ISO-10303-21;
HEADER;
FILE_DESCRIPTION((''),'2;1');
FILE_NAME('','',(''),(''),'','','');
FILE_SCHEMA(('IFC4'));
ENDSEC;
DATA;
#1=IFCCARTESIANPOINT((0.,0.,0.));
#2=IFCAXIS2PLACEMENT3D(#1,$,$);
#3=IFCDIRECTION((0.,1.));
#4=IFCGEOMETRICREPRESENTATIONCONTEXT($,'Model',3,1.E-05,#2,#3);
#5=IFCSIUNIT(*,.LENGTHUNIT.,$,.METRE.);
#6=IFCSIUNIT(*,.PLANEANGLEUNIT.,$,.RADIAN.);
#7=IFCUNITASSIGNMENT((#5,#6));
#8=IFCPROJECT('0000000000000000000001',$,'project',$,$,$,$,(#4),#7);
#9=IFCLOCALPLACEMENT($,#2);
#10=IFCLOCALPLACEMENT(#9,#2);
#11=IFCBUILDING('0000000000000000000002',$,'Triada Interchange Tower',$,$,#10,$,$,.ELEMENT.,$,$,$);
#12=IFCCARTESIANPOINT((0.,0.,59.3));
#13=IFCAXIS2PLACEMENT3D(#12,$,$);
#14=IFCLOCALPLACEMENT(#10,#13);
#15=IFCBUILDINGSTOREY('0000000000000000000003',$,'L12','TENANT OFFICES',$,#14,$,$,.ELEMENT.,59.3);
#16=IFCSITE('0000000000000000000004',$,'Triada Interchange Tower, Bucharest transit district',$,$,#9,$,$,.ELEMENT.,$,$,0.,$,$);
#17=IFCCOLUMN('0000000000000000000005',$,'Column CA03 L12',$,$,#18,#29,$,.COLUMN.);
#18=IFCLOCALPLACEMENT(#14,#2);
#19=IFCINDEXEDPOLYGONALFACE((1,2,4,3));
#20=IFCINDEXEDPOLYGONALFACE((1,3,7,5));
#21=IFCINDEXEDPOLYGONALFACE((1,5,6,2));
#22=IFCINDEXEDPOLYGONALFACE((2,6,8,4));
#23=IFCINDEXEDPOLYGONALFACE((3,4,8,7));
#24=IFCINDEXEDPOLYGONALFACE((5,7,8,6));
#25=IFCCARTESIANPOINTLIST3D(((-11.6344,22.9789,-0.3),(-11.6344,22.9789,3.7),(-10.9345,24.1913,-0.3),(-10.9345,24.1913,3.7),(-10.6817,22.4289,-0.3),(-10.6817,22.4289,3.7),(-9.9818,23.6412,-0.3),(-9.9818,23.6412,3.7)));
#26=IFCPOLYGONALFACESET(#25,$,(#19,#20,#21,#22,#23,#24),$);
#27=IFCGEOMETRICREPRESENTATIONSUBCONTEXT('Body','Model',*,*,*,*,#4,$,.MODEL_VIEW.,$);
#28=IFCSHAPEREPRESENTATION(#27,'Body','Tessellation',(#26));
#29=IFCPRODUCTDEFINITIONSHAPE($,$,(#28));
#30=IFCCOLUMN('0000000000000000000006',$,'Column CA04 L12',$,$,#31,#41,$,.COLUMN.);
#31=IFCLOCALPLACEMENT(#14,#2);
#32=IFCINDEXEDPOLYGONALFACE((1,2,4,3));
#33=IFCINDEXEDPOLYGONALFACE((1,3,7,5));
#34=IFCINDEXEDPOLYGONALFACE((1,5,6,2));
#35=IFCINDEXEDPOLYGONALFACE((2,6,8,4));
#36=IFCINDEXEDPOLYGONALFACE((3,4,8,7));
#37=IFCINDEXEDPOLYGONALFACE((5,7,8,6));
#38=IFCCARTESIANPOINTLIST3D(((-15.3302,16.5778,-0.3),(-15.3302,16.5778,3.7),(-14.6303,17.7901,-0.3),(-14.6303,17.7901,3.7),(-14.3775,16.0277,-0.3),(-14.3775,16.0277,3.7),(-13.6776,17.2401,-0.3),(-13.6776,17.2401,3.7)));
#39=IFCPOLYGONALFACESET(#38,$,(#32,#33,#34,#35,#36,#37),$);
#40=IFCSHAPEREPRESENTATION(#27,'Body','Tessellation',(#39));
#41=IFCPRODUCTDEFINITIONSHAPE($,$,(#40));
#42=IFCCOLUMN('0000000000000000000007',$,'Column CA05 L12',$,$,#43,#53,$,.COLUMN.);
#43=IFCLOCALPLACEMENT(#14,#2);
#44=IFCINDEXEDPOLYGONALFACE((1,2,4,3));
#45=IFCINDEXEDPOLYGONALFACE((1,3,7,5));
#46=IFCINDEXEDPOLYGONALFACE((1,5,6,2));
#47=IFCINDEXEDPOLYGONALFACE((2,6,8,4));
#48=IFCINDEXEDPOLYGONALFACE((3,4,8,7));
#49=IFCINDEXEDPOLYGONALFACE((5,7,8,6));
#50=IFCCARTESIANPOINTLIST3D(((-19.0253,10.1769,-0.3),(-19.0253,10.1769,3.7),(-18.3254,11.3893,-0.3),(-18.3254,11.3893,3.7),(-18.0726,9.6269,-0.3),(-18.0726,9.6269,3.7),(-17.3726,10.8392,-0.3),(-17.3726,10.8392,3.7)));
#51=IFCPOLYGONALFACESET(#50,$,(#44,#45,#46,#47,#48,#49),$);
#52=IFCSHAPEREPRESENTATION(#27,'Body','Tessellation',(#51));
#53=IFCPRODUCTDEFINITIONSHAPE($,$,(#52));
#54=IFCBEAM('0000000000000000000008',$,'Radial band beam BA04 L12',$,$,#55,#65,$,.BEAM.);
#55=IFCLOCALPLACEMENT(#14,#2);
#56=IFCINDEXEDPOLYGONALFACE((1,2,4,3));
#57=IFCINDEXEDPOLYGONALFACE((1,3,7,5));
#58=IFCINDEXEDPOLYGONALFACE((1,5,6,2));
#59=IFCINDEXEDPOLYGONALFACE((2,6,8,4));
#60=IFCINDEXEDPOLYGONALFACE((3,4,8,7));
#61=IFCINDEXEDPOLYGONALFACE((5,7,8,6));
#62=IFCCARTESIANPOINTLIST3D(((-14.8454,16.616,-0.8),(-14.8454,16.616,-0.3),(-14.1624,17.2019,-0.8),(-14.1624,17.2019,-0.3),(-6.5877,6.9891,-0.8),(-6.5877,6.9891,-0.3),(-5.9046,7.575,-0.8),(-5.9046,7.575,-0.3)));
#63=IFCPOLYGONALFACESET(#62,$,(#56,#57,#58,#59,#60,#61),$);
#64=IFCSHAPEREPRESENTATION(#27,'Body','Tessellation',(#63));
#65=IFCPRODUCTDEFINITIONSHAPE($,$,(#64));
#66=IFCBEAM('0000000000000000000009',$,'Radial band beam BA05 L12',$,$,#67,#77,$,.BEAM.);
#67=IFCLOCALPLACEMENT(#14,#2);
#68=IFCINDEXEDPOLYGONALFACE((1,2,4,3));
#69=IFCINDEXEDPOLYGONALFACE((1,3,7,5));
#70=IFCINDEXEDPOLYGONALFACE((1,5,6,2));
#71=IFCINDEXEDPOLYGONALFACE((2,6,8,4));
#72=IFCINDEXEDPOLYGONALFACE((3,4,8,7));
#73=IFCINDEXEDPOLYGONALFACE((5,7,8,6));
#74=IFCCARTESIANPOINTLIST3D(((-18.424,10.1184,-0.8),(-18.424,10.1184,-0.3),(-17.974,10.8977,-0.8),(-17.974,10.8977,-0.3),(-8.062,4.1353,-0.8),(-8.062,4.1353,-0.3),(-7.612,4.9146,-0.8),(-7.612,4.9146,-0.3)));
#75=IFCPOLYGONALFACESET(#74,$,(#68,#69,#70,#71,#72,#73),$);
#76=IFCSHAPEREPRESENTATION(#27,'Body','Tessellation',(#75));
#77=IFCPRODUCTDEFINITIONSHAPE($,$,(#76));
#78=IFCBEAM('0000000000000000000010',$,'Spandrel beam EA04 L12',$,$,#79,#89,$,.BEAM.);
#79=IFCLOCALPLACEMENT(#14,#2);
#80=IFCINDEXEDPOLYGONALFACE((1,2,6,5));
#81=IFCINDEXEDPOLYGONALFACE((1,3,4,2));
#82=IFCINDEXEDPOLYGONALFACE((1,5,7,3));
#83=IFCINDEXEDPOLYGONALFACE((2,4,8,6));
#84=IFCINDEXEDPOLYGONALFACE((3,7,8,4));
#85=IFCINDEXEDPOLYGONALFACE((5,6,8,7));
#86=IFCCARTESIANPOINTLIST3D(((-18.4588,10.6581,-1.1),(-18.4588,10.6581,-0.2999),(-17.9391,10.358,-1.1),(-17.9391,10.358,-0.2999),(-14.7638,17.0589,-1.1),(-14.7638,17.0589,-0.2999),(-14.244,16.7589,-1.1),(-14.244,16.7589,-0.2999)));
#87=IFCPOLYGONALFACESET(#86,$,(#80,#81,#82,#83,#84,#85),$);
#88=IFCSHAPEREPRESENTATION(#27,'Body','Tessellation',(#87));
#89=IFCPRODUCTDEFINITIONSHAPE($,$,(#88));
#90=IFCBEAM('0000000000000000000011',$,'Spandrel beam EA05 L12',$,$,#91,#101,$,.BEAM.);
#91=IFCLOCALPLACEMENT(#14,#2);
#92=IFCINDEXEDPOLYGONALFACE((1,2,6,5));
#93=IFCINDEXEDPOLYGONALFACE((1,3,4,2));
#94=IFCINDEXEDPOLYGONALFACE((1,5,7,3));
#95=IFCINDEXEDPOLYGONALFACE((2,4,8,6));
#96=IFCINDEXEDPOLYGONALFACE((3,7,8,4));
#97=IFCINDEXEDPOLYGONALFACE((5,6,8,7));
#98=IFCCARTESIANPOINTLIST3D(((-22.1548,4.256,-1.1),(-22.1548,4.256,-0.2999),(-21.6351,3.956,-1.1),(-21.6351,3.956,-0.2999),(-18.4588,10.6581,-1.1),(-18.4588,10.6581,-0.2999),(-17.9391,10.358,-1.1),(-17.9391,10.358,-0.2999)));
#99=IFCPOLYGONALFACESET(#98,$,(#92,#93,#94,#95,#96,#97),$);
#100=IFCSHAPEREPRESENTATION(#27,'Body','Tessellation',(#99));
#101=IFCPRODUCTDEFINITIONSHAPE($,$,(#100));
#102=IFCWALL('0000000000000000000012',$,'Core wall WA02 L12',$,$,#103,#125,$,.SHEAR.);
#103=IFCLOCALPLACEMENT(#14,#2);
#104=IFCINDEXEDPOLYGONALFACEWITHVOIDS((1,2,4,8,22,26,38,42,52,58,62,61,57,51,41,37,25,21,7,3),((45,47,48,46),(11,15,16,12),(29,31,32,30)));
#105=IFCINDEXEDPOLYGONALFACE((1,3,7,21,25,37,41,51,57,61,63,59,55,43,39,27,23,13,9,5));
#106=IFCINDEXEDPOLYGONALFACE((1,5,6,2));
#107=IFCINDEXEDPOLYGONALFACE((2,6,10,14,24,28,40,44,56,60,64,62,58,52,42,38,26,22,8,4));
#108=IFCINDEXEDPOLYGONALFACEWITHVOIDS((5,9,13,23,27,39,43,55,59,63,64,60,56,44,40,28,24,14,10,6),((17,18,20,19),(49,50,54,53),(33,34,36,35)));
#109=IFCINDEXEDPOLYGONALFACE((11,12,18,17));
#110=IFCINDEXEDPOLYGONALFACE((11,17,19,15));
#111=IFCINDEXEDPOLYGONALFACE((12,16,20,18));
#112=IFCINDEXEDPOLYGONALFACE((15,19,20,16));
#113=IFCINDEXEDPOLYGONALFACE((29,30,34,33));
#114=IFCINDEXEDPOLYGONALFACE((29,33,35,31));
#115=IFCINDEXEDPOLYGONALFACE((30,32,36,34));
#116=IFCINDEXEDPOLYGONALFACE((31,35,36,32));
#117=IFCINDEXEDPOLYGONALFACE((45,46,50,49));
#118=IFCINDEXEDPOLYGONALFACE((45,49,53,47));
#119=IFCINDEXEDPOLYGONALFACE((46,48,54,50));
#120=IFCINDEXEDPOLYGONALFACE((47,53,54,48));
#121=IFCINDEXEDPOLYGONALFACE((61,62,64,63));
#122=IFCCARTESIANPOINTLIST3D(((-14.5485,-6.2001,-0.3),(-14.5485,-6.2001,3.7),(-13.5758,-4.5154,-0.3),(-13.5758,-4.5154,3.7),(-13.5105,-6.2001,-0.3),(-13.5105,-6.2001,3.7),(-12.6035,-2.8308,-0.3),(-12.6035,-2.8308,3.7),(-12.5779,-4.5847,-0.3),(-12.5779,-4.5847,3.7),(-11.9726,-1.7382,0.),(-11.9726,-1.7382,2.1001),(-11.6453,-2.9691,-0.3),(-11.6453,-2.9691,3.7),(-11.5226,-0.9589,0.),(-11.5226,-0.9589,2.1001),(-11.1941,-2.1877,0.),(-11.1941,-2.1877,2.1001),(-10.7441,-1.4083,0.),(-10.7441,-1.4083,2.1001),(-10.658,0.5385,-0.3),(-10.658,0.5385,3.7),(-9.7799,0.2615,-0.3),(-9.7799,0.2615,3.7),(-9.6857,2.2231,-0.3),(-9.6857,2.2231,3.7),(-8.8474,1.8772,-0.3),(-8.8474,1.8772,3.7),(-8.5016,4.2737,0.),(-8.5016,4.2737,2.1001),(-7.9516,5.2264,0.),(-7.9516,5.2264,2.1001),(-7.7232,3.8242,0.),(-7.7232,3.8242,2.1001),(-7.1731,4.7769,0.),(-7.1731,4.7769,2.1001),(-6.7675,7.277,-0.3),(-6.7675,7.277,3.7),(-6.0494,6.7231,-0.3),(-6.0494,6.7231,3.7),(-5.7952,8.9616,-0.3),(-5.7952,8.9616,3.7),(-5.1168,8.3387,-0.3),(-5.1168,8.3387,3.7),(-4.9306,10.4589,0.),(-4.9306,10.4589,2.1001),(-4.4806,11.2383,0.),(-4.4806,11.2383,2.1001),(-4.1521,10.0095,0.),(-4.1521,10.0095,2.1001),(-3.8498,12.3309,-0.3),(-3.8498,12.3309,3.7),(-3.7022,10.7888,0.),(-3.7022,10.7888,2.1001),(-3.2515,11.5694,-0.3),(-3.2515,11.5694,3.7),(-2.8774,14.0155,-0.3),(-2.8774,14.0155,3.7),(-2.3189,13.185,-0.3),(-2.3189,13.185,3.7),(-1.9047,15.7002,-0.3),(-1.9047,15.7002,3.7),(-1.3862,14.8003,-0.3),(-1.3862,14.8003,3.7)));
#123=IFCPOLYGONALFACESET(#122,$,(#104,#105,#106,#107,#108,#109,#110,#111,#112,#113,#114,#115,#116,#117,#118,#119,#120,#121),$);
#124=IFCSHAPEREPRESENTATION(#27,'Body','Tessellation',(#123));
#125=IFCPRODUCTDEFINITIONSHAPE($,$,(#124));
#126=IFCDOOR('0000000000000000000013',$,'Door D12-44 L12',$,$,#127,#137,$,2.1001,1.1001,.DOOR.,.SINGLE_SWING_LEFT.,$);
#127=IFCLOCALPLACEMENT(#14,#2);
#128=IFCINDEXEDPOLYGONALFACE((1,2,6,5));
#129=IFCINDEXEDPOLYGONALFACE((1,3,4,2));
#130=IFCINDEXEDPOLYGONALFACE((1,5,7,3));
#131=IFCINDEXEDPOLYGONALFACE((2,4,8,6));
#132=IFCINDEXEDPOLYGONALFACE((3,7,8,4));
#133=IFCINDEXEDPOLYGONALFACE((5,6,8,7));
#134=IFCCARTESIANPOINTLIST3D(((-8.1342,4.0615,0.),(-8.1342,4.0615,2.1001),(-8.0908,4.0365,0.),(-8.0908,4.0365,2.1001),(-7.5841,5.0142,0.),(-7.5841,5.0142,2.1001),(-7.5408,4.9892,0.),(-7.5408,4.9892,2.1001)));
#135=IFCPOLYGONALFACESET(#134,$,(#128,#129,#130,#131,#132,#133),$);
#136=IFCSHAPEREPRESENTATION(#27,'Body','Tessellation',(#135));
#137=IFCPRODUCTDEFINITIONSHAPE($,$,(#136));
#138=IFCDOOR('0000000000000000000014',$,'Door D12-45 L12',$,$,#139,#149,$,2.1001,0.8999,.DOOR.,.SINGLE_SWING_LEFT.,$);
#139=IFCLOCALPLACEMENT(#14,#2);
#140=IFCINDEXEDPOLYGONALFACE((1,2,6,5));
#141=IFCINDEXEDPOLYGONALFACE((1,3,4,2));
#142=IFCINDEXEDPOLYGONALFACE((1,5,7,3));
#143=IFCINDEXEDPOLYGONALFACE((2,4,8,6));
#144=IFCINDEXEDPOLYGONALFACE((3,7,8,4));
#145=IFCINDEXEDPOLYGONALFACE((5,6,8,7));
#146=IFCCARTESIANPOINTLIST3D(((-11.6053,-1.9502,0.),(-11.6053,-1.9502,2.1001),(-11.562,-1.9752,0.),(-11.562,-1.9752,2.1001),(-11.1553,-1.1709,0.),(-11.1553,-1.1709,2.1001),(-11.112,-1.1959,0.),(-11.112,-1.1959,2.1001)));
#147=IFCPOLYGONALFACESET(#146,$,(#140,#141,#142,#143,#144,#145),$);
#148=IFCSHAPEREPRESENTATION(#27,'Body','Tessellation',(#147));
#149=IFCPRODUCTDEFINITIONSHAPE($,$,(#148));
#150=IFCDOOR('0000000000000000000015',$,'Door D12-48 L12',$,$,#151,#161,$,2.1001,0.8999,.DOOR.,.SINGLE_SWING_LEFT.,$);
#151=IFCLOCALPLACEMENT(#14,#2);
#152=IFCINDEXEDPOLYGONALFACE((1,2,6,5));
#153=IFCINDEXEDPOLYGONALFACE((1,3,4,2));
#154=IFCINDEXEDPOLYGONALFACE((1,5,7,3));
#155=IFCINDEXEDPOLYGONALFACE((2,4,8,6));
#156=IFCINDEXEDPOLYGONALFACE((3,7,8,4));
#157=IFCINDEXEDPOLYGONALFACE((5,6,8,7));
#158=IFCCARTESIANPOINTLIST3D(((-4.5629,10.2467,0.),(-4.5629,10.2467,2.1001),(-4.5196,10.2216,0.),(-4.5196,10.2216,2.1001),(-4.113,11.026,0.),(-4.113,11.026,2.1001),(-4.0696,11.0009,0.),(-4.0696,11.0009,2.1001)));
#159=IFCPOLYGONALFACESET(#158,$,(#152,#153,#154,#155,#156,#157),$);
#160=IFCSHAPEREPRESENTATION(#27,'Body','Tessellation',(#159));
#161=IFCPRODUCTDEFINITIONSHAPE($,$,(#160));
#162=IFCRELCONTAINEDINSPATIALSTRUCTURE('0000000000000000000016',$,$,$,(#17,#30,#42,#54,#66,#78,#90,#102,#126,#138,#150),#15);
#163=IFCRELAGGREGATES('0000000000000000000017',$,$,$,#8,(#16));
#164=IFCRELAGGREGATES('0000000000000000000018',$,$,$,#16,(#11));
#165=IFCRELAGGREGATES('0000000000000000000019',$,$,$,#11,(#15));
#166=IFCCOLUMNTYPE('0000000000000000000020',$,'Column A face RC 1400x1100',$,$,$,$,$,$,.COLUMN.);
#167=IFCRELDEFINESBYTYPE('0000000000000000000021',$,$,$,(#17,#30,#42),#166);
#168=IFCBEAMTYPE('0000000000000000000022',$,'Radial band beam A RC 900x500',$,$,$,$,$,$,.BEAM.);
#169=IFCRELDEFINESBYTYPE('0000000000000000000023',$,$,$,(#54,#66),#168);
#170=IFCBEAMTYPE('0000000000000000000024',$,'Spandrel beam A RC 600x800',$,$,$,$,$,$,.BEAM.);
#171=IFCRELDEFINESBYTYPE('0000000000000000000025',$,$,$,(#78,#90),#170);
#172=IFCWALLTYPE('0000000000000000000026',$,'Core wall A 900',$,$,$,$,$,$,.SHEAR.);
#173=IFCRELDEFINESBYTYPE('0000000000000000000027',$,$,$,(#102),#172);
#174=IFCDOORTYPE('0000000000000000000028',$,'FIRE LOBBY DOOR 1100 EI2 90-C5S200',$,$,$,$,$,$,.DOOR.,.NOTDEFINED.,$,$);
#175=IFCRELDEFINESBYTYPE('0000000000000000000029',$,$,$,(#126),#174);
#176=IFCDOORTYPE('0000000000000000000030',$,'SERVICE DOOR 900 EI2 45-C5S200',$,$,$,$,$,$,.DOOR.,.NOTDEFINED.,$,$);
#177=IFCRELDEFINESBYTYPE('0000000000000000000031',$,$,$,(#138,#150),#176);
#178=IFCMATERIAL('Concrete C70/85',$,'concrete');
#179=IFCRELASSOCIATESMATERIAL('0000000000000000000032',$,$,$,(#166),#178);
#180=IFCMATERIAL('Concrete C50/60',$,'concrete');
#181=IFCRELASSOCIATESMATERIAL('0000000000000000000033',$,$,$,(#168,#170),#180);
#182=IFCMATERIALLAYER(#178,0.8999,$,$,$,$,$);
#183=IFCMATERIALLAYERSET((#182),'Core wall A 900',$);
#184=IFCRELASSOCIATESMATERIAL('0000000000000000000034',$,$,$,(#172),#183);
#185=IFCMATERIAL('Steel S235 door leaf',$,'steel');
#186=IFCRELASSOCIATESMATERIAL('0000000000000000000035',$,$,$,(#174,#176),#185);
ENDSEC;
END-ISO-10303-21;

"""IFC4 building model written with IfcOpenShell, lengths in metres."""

from ifc_helpers import new_model, si_unit, direction, frame, frame_2d, origin, origin_2d, place, context, subcontext, project, spatial, polyline, rectangle, outline, extrude, material, layer, layer_set, material_profile, profile_set, type_object, element, fill, save


model = new_model("IFC4")

# Units and contexts
model_context = context("Model", 3, precision=1e-05, world=origin(), true_north=direction((0.0, 1.0)))
body_context = subcontext(model_context, "Body", "Model", "MODEL_VIEW")
ifc_project = project(units=[si_unit("LENGTHUNIT", "METRE"), si_unit("PLANEANGLEUNIT", "RADIAN")], contexts=[model_context])

# Site, building, storey
site_placement = place(None, origin())
site = spatial("IfcSite", under=ifc_project, at=site_placement, Name="Triada Interchange Tower, Bucharest transit district", CompositionType="ELEMENT", RefElevation=0.0)
building_placement = place(site_placement, origin())
building = spatial("IfcBuilding", under=site, at=building_placement, Name="Triada Interchange Tower", CompositionType="ELEMENT")
storey_placement = place(building_placement, frame((0.0, 0.0, 59.3)))
storey = spatial("IfcBuildingStorey", under=building, at=storey_placement, Name="L12", Description="TENANT OFFICES", CompositionType="ELEMENT", Elevation=59.3)

# Columns
ifc_material_1 = material(Name="Concrete C70/85", Category="concrete")
ifc_material_profile_1 = material_profile(ifc_material_1, rectangle(XDim=1.3999, YDim=1.1001, at=origin_2d()), Name="RC 1400x1100")
ifc_profile_set_1 = profile_set([ifc_material_profile_1], Name="Concrete C70/85")
column_type = type_object("IfcColumnType", Name="Column A face RC 1400x1100", PredefinedType="COLUMN", material=ifc_profile_set_1)
for number, where, z_axis, x_axis, name in (
    (1, (-10.8081, 23.3101, -0.3), (0.0, 0.0, 1.0), (0.5, 0.866025, 0.0), "Column CA03 L12"),
    (2, (-14.5039, 16.9089, -0.3), (0.0, 0.0, 1.0), (0.5, 0.866025, 0.0), "Column CA04 L12"),
    (3, (-18.199, 10.5081, -0.3), (0.0, 0.0, 1.0), (0.5, 0.866025, 0.0), "Column CA05 L12"),
):
    element("IfcColumn", number, at=place(storey_placement, frame(where, z_axis=z_axis, x_axis=x_axis)), inside=storey, type_object=column_type, Name=name, PredefinedType="COLUMN", context=body_context, shape_type="SweptSolid", body=[
        extrude(rectangle(XDim=1.3999, YDim=1.1001, at=origin_2d()), origin(), (0.0, 0.0, 1.0), 4.0),
    ])

# Beams
ifc_material_2 = material(Name="Concrete C50/60", Category="concrete")
ifc_material_profile_2 = material_profile(ifc_material_2, rectangle(XDim=0.8999, YDim=0.5, at=origin_2d()), Name="RC 900x500")
ifc_profile_set_2 = profile_set([ifc_material_profile_2], Name="Concrete C50/60")
beam_type_1 = type_object("IfcBeamType", Name="Radial band beam A RC 900x500", PredefinedType="BEAM", material=ifc_profile_set_2)
beam_1_placement = place(storey_placement, frame((-14.5039, 16.9089, -0.55), z_axis=(0.65107, -0.759017, 0.0), x_axis=(0.759017, 0.65107, 0.0)))
element("IfcBeam", 4, at=beam_1_placement, inside=storey, type_object=beam_type_1, Name="Radial band beam BA04 L12", PredefinedType="BEAM", context=body_context, shape_type="SweptSolid", body=[
    extrude(rectangle(XDim=0.8999, YDim=0.5, at=origin_2d()), origin(), (0.0, 0.0, 1.0), 12.6833),
])
beam_2_placement = place(storey_placement, frame((-18.199, 10.5081, -0.55), z_axis=(0.866003, -0.500039, 0.0), x_axis=(0.500039, 0.866003, 0.0)))
element("IfcBeam", 5, at=beam_2_placement, inside=storey, type_object=beam_type_1, Name="Radial band beam BA05 L12", PredefinedType="BEAM", context=body_context, shape_type="SweptSolid", body=[
    extrude(rectangle(XDim=0.8999, YDim=0.5, at=origin_2d()), origin(), (0.0, 0.0, 1.0), 11.9653),
])
ifc_material_profile_3 = material_profile(ifc_material_2, rectangle(XDim=0.6001, YDim=0.8, at=origin_2d()), Name="RC 600x800")
ifc_profile_set_3 = profile_set([ifc_material_profile_3], Name="Concrete C50/60")
beam_type_2 = type_object("IfcBeamType", Name="Spandrel beam A RC 600x800", PredefinedType="BEAM", material=ifc_profile_set_3)
beam_3_placement = place(storey_placement, frame((-14.5039, 16.9089, -0.7), z_axis=(-0.499951, -0.866054, 0.0), x_axis=(0.866054, -0.499951, 0.0)))
element("IfcBeam", 6, at=beam_3_placement, inside=storey, type_object=beam_type_2, Name="Spandrel beam EA04 L12", PredefinedType="BEAM", context=body_context, shape_type="SweptSolid", body=[
    extrude(rectangle(XDim=0.6001, YDim=0.8, at=origin_2d()), origin(), (0.0, 0.0, 1.0), 7.3909),
])
beam_4_placement = place(storey_placement, frame((-18.199, 10.5081, -0.7), z_axis=(-0.499979, -0.866038, 0.0), x_axis=(0.866038, -0.499979, 0.0)))
element("IfcBeam", 7, at=beam_4_placement, inside=storey, type_object=beam_type_2, Name="Spandrel beam EA05 L12", PredefinedType="BEAM", context=body_context, shape_type="SweptSolid", body=[
    extrude(rectangle(XDim=0.6001, YDim=0.8, at=origin_2d()), origin(), (0.0, 0.0, 1.0), 7.3923),
])

# Wall, openings, doors
ifc_layer_1 = layer(ifc_material_1, 0.8999)
ifc_layer_set_1 = layer_set([ifc_layer_1], Name="Core wall A 900")
wall_type_1 = type_object("IfcWallType", Name="Core wall A 900", PredefinedType="SHEAR", material=ifc_layer_set_1)
wall_1_placement = place(storey_placement, frame((-1.645, 15.25, -0.3), z_axis=(0.0, 0.0, 1.0), x_axis=(-0.500026, -0.86601, 0.0)))
wall_1 = element("IfcWall", 8, at=wall_1_placement, inside=storey, type_object=wall_type_1, Name="Core wall WA02 L12", PredefinedType="SHEAR", context=body_context, shape_type="SweptSolid", body=[
    extrude(outline(polyline([(-0.26, -0.45), (1.6853, -0.45), (3.6304, -0.4497), (5.5757, -0.4497), (7.521, -0.4497), (9.4661, -0.4495), (11.4114, -0.4495), (13.3567, -0.4495), (15.302, -0.4495), (17.2471, -0.4492), (19.1924, -0.4492), (21.1377, -0.4492), (23.0828, -0.449), (25.0281, -0.449), (24.509, 0.45), (22.6438, 0.45), (20.7783, 0.4497), (18.9131, 0.4497), (17.0479, 0.4497), (15.1824, 0.4495), (13.3171, 0.4495), (11.4519, 0.4495), (9.5867, 0.4495), (7.7212, 0.4492), (5.856, 0.4492), (3.9907, 0.4492), (2.1252, 0.449), (0.26, 0.449), (-0.26, -0.45)])), origin(), (0.0, 0.0, 1.0), 4.0),
])
opening_1_placement = place(wall_1_placement, frame((11.834, 0.0, 0.3)))
opening_1 = element("IfcOpeningElement", 9, at=opening_1_placement, cuts=wall_1, PredefinedType="OPENING", context=body_context, shape_type="SweptSolid", body=[
    extrude(rectangle(XDim=1.1001, YDim=2.1001, at=frame_2d((0.55, 1.05))), frame((0.0, 0.46, 0.0), z_axis=(0.0, -1.0, 0.0), x_axis=(1.0, 0.0, 0.0)), (0.0, 0.0, 1.0), 0.9199),
])
opening_2_placement = place(wall_1_placement, frame((18.9761, 0.0, 0.3)))
opening_2 = element("IfcOpeningElement", 10, at=opening_2_placement, cuts=wall_1, PredefinedType="OPENING", context=body_context, shape_type="SweptSolid", body=[
    extrude(rectangle(XDim=0.8999, YDim=2.1001, at=frame_2d((0.45, 1.05))), frame((0.0, 0.46, 0.0), z_axis=(0.0, -1.0, 0.0), x_axis=(1.0, 0.0, 0.0)), (0.0, 0.0, 1.0), 0.9199),
])
opening_3_placement = place(wall_1_placement, frame((4.8921, 0.0, 0.3)))
opening_3 = element("IfcOpeningElement", 11, at=opening_3_placement, cuts=wall_1, PredefinedType="OPENING", context=body_context, shape_type="SweptSolid", body=[
    extrude(rectangle(XDim=0.8999, YDim=2.1001, at=frame_2d((0.45, 1.05))), frame((0.0, 0.46, 0.0), z_axis=(0.0, -1.0, 0.0), x_axis=(1.0, 0.0, 0.0)), (0.0, 0.0, 1.0), 0.9199),
])
ifc_material_3 = material(Name="Steel S235 door leaf", Category="steel")
door_type_1 = type_object("IfcDoorType", Name="FIRE LOBBY DOOR 1100 EI2 90-C5S200", OperationType="NOTDEFINED", PredefinedType="DOOR", material=ifc_material_3)
door_1_placement = place(opening_1_placement, origin())
door_1 = element("IfcDoor", 12, at=door_1_placement, inside=storey, type_object=door_type_1, Name="Door D12-44 L12", OperationType="SINGLE_SWING_LEFT", OverallHeight=2.1001, OverallWidth=1.1001, PredefinedType="DOOR", context=body_context, shape_type="SweptSolid", body=[
    extrude(rectangle(XDim=1.1001, YDim=2.1001, at=frame_2d((0.55, 1.05))), frame((0.0, 0.0249, 0.0), z_axis=(0.0, -1.0, 0.0), x_axis=(1.0, 0.0, 0.0)), (0.0, 0.0, 1.0), 0.05),
])
fill(opening_1, door_1)
door_type_2 = type_object("IfcDoorType", Name="SERVICE DOOR 900 EI2 45-C5S200", OperationType="NOTDEFINED", PredefinedType="DOOR", material=ifc_material_3)
door_2_placement = place(opening_2_placement, origin())
door_2 = element("IfcDoor", 13, at=door_2_placement, inside=storey, type_object=door_type_2, Name="Door D12-45 L12", OperationType="SINGLE_SWING_LEFT", OverallHeight=2.1001, OverallWidth=0.8999, PredefinedType="DOOR", context=body_context, shape_type="SweptSolid", body=[
    extrude(rectangle(XDim=0.8999, YDim=2.1001, at=frame_2d((0.45, 1.05))), frame((0.0, 0.0249, 0.0), z_axis=(0.0, -1.0, 0.0), x_axis=(1.0, 0.0, 0.0)), (0.0, 0.0, 1.0), 0.05),
])
fill(opening_2, door_2)
door_3_placement = place(opening_3_placement, origin())
door_3 = element("IfcDoor", 14, at=door_3_placement, inside=storey, type_object=door_type_2, Name="Door D12-48 L12", OperationType="SINGLE_SWING_LEFT", OverallHeight=2.1001, OverallWidth=0.8999, PredefinedType="DOOR", context=body_context, shape_type="SweptSolid", body=[
    extrude(rectangle(XDim=0.8999, YDim=2.1001, at=frame_2d((0.45, 1.05))), frame((0.0, 0.0249, 0.0), z_axis=(0.0, -1.0, 0.0), x_axis=(1.0, 0.0, 0.0)), (0.0, 0.0, 1.0), 0.05),
])
fill(opening_3, door_3)

save(model, "model.ifc")
